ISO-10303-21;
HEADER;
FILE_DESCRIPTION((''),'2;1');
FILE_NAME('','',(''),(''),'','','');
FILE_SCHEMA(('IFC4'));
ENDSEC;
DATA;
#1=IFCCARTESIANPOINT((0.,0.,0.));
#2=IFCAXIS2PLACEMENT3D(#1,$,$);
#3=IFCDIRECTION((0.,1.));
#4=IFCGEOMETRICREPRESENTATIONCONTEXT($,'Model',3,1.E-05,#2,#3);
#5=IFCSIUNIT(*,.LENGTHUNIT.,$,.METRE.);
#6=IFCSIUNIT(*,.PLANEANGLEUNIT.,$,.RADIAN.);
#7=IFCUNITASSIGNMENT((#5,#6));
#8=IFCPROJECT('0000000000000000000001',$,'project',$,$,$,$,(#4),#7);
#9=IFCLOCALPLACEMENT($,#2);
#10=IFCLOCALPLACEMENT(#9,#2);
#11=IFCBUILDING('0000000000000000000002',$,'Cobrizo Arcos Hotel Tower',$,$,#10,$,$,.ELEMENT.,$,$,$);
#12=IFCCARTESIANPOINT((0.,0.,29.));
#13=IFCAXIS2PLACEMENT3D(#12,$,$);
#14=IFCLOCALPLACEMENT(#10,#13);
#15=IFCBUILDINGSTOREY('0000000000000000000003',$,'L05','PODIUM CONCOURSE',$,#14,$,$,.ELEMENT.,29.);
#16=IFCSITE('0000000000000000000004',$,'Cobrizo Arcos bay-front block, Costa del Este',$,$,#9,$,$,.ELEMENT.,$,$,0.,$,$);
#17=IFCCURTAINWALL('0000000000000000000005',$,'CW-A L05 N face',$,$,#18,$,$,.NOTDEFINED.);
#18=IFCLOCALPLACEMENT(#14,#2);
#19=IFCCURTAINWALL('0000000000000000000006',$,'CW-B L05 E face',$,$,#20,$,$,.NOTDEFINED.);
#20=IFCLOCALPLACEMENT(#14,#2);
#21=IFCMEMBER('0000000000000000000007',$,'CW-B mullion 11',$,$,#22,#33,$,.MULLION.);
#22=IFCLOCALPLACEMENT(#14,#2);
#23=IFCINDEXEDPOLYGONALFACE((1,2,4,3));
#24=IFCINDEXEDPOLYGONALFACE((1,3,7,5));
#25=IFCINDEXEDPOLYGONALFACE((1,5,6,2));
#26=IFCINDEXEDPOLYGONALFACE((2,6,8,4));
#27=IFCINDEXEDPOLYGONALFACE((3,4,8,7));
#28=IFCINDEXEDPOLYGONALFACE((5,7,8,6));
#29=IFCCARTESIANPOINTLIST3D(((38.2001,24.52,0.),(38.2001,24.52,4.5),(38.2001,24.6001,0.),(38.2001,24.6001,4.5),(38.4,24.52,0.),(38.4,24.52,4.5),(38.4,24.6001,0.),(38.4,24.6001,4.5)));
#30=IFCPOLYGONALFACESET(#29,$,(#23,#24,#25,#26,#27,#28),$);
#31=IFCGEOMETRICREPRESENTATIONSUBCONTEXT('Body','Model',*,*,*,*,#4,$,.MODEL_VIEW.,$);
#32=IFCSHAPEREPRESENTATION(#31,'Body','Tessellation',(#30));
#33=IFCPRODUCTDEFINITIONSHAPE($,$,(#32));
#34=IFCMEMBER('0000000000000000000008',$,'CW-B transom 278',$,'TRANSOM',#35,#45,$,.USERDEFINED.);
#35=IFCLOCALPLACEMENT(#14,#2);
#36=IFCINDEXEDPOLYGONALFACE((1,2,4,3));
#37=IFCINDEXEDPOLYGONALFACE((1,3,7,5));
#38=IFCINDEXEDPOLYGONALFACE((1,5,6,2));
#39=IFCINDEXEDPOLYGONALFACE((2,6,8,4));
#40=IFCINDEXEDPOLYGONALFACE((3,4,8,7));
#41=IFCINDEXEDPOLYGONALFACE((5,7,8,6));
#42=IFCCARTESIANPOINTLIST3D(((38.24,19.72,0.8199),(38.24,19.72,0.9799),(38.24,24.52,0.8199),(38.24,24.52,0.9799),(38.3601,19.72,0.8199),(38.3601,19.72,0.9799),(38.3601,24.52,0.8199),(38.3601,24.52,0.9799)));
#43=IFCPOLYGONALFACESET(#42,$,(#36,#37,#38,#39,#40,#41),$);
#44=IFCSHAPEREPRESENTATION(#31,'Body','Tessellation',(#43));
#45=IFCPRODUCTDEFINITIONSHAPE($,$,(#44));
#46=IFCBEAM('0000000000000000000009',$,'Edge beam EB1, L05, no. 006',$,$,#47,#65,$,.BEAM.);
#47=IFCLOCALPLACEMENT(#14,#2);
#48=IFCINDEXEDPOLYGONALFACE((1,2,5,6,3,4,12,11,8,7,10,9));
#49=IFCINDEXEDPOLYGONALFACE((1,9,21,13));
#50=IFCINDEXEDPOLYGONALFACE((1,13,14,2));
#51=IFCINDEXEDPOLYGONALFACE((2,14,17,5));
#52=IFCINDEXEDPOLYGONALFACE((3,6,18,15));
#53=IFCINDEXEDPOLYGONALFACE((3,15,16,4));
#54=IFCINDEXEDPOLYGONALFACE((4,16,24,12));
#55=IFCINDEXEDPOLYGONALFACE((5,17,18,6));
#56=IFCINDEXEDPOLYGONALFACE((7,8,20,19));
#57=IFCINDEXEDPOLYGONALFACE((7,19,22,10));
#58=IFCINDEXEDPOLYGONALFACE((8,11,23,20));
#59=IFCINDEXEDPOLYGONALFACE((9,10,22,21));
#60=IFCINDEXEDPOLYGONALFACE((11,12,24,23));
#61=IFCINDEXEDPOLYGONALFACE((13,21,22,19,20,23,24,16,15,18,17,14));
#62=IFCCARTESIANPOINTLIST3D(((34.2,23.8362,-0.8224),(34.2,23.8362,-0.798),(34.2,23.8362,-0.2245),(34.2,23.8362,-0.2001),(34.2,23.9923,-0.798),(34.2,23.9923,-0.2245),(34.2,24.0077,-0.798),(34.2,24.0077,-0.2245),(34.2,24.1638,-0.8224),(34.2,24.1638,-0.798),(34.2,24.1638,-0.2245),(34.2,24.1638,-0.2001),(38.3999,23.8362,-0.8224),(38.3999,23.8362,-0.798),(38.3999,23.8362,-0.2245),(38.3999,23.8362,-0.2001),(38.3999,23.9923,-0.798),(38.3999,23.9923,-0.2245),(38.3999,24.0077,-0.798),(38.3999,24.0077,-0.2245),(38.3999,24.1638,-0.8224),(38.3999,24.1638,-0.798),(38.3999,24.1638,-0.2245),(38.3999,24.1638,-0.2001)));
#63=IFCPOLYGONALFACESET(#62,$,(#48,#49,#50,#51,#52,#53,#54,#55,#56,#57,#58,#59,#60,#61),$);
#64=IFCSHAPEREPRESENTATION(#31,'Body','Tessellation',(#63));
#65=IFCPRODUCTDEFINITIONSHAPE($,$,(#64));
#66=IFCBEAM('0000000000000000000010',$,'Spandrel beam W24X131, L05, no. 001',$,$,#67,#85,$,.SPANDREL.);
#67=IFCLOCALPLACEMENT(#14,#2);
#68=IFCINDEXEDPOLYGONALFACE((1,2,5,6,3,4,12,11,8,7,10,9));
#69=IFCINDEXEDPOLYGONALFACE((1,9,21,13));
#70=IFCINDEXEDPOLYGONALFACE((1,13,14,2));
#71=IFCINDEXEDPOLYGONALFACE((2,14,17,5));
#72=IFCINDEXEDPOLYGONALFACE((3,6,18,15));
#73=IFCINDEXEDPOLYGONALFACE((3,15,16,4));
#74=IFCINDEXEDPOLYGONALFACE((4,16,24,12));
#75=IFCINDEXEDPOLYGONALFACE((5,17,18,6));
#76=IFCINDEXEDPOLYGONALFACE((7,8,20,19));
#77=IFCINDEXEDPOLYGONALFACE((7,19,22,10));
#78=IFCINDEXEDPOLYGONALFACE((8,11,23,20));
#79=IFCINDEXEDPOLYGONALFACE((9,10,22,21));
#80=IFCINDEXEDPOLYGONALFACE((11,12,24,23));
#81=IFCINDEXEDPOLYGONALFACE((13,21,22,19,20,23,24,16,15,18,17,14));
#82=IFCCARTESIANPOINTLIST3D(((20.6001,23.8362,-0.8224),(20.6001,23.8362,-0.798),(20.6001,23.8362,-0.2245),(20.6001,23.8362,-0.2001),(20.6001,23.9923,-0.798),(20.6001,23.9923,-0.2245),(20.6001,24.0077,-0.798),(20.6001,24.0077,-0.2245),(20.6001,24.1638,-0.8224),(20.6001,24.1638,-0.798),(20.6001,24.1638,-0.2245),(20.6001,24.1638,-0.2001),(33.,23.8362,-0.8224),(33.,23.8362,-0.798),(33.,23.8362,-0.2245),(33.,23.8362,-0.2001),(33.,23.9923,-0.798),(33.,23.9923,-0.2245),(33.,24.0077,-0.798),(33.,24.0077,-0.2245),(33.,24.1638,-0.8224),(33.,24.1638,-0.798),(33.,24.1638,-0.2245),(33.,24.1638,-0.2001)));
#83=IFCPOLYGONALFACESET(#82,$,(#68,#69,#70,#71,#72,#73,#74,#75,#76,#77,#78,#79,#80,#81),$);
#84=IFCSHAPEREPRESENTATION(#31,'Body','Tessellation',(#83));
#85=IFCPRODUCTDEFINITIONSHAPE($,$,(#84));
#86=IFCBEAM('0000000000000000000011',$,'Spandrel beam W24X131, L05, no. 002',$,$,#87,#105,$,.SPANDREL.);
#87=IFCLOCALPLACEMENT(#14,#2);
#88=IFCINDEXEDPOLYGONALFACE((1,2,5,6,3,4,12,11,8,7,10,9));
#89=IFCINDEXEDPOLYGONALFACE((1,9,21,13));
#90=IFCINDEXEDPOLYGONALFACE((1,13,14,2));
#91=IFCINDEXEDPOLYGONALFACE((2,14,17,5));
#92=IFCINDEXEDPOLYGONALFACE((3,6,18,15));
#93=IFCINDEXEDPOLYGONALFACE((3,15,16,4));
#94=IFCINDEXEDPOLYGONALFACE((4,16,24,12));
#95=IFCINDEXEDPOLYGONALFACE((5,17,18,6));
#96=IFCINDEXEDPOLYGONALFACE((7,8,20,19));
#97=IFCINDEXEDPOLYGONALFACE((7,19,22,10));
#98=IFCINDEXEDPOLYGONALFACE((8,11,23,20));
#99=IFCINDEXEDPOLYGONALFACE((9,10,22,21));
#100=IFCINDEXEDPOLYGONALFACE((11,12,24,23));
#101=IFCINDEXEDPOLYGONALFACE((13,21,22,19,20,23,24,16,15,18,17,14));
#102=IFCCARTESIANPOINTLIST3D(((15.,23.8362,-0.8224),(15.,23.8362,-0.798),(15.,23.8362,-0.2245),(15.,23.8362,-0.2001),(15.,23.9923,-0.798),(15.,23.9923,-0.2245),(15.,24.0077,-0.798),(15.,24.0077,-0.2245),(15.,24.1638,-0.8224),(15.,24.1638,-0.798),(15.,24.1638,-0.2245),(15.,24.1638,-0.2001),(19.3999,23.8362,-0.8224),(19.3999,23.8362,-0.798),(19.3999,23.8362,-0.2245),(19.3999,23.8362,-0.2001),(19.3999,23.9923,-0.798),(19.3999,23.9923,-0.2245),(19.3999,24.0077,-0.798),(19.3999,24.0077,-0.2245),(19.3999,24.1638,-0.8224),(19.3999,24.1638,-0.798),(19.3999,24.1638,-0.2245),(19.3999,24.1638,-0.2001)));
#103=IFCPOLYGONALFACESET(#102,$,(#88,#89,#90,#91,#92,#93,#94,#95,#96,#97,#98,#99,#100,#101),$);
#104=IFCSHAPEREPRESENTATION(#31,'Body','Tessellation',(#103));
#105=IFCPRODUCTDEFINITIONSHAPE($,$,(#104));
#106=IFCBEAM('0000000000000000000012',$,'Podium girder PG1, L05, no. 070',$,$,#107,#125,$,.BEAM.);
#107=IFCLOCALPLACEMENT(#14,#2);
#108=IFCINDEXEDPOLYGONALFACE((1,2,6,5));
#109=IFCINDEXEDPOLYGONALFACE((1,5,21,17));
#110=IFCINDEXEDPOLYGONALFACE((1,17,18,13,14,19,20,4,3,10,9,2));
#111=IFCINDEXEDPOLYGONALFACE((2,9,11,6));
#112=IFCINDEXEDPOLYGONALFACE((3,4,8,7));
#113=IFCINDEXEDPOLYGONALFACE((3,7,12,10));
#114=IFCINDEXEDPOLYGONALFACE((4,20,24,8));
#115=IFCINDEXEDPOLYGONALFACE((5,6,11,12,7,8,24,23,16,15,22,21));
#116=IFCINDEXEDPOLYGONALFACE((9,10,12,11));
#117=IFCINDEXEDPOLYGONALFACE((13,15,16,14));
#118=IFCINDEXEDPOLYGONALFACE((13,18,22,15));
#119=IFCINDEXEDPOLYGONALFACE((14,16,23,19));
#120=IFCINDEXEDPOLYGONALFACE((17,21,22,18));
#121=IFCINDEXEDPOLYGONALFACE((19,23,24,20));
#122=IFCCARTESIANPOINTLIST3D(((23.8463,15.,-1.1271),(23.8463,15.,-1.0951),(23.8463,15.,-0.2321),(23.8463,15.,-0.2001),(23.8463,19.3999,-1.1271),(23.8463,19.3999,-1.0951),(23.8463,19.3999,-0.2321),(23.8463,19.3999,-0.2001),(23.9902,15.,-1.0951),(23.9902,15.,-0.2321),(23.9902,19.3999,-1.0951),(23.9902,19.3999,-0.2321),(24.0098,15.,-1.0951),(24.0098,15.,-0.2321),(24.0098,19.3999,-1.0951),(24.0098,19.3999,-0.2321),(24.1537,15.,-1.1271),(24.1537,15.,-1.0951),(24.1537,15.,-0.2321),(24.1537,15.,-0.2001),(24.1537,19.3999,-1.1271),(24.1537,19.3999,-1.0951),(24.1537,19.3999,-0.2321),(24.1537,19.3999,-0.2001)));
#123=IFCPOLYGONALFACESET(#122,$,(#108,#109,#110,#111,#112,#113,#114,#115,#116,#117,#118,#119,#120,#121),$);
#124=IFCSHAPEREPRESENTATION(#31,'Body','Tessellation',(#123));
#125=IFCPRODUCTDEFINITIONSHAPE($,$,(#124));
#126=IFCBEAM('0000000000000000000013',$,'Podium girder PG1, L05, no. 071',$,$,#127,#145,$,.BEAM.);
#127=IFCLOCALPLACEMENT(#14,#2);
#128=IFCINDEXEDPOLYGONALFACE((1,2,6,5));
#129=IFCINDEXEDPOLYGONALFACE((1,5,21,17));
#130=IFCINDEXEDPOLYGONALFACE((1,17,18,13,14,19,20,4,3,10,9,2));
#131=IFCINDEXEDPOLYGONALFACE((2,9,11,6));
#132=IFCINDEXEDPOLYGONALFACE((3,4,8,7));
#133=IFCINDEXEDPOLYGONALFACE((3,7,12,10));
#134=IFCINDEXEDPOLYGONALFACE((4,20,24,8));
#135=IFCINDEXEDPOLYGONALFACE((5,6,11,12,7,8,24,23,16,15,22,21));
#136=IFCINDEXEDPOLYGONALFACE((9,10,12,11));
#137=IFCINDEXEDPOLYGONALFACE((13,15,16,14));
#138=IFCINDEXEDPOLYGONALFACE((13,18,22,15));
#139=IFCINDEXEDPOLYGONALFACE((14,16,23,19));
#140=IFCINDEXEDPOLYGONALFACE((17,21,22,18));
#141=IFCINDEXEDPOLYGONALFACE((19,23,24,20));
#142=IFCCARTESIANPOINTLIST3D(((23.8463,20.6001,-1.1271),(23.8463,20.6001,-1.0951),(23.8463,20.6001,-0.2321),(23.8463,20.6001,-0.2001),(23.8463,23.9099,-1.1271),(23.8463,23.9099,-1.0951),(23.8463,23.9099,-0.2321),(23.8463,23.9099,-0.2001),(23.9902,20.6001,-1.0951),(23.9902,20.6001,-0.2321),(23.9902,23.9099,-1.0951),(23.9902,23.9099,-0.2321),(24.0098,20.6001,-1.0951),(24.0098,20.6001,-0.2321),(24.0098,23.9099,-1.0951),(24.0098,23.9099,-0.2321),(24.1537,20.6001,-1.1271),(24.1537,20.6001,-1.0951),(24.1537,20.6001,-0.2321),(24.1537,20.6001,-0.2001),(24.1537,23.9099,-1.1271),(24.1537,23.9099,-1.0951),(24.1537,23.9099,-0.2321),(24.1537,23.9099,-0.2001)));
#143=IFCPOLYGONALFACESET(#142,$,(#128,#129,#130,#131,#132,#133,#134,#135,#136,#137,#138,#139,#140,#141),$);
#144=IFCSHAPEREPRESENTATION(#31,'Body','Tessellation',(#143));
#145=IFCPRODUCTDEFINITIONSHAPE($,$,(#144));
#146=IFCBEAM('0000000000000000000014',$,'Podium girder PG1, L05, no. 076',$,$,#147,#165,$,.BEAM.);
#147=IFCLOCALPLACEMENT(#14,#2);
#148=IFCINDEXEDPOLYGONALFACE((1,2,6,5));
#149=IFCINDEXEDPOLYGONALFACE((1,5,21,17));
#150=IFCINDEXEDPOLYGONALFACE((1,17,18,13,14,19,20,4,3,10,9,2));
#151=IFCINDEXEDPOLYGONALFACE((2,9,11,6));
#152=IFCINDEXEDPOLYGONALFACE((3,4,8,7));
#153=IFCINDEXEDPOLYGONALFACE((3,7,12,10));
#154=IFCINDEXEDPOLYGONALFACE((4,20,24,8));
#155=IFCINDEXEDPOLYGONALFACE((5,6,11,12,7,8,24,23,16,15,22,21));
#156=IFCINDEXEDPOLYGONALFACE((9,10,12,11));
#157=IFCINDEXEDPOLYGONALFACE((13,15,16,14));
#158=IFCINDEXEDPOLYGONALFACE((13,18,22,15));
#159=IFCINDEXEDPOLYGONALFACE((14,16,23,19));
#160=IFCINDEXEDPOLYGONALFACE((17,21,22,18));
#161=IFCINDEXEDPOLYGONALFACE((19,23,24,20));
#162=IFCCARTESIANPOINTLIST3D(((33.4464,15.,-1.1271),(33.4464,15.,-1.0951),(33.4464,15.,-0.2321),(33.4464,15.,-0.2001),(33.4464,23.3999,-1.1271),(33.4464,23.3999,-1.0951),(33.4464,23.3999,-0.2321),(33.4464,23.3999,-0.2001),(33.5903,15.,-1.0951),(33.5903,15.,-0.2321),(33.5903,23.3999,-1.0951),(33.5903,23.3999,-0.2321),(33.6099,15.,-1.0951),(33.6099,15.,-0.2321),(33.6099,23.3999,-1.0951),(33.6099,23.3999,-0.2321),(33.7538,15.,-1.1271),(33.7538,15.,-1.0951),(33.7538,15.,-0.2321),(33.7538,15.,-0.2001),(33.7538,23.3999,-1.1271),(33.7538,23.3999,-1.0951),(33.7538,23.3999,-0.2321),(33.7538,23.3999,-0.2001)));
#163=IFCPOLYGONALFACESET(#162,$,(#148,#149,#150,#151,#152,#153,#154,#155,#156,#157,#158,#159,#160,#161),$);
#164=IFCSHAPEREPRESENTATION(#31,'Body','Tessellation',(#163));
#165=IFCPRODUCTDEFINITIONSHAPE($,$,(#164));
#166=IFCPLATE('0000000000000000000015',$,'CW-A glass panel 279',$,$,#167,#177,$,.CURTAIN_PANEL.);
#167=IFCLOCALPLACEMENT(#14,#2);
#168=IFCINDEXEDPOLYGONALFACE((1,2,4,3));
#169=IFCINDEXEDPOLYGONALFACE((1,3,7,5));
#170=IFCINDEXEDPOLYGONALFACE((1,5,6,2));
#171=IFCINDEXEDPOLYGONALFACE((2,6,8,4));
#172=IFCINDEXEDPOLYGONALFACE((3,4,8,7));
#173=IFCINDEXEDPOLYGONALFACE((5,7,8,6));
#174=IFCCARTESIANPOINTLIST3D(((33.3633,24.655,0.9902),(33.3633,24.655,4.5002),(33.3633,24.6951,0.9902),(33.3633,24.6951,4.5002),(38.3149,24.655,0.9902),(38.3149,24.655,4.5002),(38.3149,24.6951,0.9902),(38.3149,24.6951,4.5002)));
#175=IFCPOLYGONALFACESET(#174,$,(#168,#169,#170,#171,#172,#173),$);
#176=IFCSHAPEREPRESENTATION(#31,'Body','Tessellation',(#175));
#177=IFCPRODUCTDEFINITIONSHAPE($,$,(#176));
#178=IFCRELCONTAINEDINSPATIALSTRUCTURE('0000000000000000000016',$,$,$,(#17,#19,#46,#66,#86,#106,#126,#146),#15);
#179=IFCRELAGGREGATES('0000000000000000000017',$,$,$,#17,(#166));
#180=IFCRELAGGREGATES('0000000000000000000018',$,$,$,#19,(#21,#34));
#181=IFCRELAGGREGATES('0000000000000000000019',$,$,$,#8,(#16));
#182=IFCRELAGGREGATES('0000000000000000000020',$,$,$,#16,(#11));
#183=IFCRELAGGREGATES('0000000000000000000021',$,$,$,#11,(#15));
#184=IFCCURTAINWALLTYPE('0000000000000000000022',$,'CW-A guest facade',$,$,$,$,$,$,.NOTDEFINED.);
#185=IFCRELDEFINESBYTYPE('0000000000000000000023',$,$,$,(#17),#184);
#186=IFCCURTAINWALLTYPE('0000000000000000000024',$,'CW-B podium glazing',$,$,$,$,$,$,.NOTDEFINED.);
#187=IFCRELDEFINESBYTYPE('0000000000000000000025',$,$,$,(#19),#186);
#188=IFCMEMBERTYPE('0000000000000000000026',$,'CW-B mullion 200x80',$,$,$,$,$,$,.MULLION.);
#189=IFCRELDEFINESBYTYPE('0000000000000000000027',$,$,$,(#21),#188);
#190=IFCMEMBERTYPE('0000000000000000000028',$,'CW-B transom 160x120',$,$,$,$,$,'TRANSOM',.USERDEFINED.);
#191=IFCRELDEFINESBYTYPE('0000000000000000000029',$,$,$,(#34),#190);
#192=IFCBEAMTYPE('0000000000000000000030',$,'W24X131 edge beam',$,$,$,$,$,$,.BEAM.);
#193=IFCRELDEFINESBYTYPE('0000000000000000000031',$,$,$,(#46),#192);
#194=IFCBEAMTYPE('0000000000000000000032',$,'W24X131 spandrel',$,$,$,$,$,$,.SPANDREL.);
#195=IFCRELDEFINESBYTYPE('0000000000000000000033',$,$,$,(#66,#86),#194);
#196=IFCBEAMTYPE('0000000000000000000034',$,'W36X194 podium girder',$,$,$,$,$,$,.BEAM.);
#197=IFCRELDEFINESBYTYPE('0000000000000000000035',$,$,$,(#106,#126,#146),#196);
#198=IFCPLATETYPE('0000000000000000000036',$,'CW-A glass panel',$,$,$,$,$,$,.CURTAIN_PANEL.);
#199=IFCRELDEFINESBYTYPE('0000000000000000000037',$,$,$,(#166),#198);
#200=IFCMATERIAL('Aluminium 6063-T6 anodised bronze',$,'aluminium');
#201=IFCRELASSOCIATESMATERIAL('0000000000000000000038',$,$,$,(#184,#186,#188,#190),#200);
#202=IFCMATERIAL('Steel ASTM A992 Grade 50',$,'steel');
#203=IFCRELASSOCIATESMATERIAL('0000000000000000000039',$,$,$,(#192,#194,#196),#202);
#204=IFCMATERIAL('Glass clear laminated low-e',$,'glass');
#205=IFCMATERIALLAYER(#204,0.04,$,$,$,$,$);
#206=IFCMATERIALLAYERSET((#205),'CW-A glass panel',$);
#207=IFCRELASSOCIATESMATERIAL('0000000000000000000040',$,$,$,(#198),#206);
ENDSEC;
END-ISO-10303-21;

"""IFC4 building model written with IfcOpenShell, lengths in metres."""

from ifc_helpers import new_model, si_unit, direction, frame, origin, origin_2d, place, context, subcontext, project, spatial, rectangle, i_section, extrude, material, layer, layer_set, material_profile, profile_set, type_object, element, aggregate, save


model = new_model("IFC4")

# Units and contexts
model_context = context("Model", 3, precision=1e-05, world=origin(), true_north=direction((0.0, 1.0)))
body_context = subcontext(model_context, "Body", "Model", "MODEL_VIEW")
ifc_project = project(units=[si_unit("LENGTHUNIT", "METRE"), si_unit("PLANEANGLEUNIT", "RADIAN")], contexts=[model_context])

# Site, building, storey
site_placement = place(None, origin())
site = spatial("IfcSite", under=ifc_project, at=site_placement, Name="Cobrizo Arcos bay-front block, Costa del Este", CompositionType="ELEMENT", RefElevation=0.0)
building_placement = place(site_placement, origin())
building = spatial("IfcBuilding", under=site, at=building_placement, Name="Cobrizo Arcos Hotel Tower", CompositionType="ELEMENT")
storey_placement = place(building_placement, frame((0.0, 0.0, 29.0)))
storey = spatial("IfcBuildingStorey", under=building, at=storey_placement, Name="L05", Description="PODIUM CONCOURSE", CompositionType="ELEMENT", Elevation=29.0)

# Curtain walls, members
ifc_material_1 = material(Name="Aluminium 6063-T6 anodised bronze", Category="aluminium")
curtain_wall_type_1 = type_object("IfcCurtainWallType", Name="CW-A guest facade", PredefinedType="NOTDEFINED", material=ifc_material_1)
curtain_wall_1_placement = place(storey_placement, origin())
curtain_wall_1 = element("IfcCurtainWall", 1, at=curtain_wall_1_placement, inside=storey, type_object=curtain_wall_type_1, Name="CW-A L05 N face", PredefinedType="NOTDEFINED")
curtain_wall_type_2 = type_object("IfcCurtainWallType", Name="CW-B podium glazing", PredefinedType="NOTDEFINED", material=ifc_material_1)
curtain_wall_2_placement = place(storey_placement, origin())
curtain_wall_2 = element("IfcCurtainWall", 2, at=curtain_wall_2_placement, inside=storey, type_object=curtain_wall_type_2, Name="CW-B L05 E face", PredefinedType="NOTDEFINED")
ifc_material_profile_1 = material_profile(ifc_material_1, rectangle(XDim=0.2, YDim=0.0801, at=origin_2d()), Name="CW-B mullion 200x80")
ifc_profile_set_1 = profile_set([ifc_material_profile_1], Name="Aluminium 6063-T6 anodised bronze")
member_type_1 = type_object("IfcMemberType", Name="CW-B mullion 200x80", PredefinedType="MULLION", material=ifc_profile_set_1)
member_1_placement = place(storey_placement, frame((38.3, 24.5601, 0.0), z_axis=(0.0, 0.0, 1.0), x_axis=(1.0, 0.0, 0.0)))
member_1 = element("IfcMember", 3, at=member_1_placement, type_object=member_type_1, Name="CW-B mullion 11", PredefinedType="MULLION", context=body_context, shape_type="SweptSolid", body=[
    extrude(rectangle(XDim=0.2, YDim=0.0801, at=origin_2d()), origin(), (0.0, 0.0, 1.0), 4.5),
])
ifc_material_profile_2 = material_profile(ifc_material_1, rectangle(XDim=0.1201, YDim=0.1599, at=origin_2d()), Name="CW-B transom 160x120")
ifc_profile_set_2 = profile_set([ifc_material_profile_2], Name="Aluminium 6063-T6 anodised bronze")
member_type_2 = type_object("IfcMemberType", Name="CW-B transom 160x120", ElementType="TRANSOM", PredefinedType="USERDEFINED", material=ifc_profile_set_2)
member_2_placement = place(storey_placement, frame((38.3, 19.72, 0.8999), z_axis=(0.0, 1.0, 0.0), x_axis=(-1.0, 0.0, 0.0)))
member_2 = element("IfcMember", 4, at=member_2_placement, type_object=member_type_2, Name="CW-B transom 278", ObjectType="TRANSOM", PredefinedType="USERDEFINED", context=body_context, shape_type="SweptSolid", body=[
    extrude(rectangle(XDim=0.1201, YDim=0.1599, at=origin_2d()), origin(), (0.0, 0.0, 1.0), 4.8),
])

# Beams
ifc_material_2 = material(Name="Steel ASTM A992 Grade 50", Category="steel")
ifc_material_profile_3 = material_profile(ifc_material_2, i_section(OverallWidth=0.3276, OverallDepth=0.6223, WebThickness=0.0154, FlangeThickness=0.0244, at=origin_2d()), Name="W24X131")
ifc_profile_set_3 = profile_set([ifc_material_profile_3], Name="Steel ASTM A992 Grade 50")
beam_type_1 = type_object("IfcBeamType", Name="W24X131 edge beam", PredefinedType="BEAM", material=ifc_profile_set_3)
beam_1_placement = place(storey_placement, frame((38.3999, 24.0, -0.5112), z_axis=(-1.0, 0.0, 0.0), x_axis=(0.0, -1.0, 0.0)))
element("IfcBeam", 5, at=beam_1_placement, inside=storey, type_object=beam_type_1, Name="Edge beam EB1, L05, no. 006", PredefinedType="BEAM", context=body_context, shape_type="SweptSolid", body=[
    extrude(i_section(OverallWidth=0.3276, OverallDepth=0.6223, WebThickness=0.0154, FlangeThickness=0.0244, at=origin_2d()), origin(), (0.0, 0.0, 1.0), 4.2),
])
ifc_material_profile_4 = material_profile(ifc_material_2, i_section(OverallWidth=0.3276, OverallDepth=0.6223, WebThickness=0.0154, FlangeThickness=0.0244, at=origin_2d()), Name="W24X131")
ifc_profile_set_4 = profile_set([ifc_material_profile_4], Name="Steel ASTM A992 Grade 50")
beam_type_2 = type_object("IfcBeamType", Name="W24X131 spandrel", PredefinedType="SPANDREL", material=ifc_profile_set_4)
beam_2_placement = place(storey_placement, frame((33.0, 24.0, -0.5112), z_axis=(-1.0, 0.0, 0.0), x_axis=(0.0, -1.0, 0.0)))
element("IfcBeam", 6, at=beam_2_placement, inside=storey, type_object=beam_type_2, Name="Spandrel beam W24X131, L05, no. 001", PredefinedType="SPANDREL", context=body_context, shape_type="SweptSolid", body=[
    extrude(i_section(OverallWidth=0.3276, OverallDepth=0.6223, WebThickness=0.0154, FlangeThickness=0.0244, at=origin_2d()), origin(), (0.0, 0.0, 1.0), 12.3999),
])
beam_3_placement = place(storey_placement, frame((19.3999, 24.0, -0.5112), z_axis=(-1.0, 0.0, 0.0), x_axis=(0.0, -1.0, 0.0)))
element("IfcBeam", 7, at=beam_3_placement, inside=storey, type_object=beam_type_2, Name="Spandrel beam W24X131, L05, no. 002", PredefinedType="SPANDREL", context=body_context, shape_type="SweptSolid", body=[
    extrude(i_section(OverallWidth=0.3276, OverallDepth=0.6223, WebThickness=0.0154, FlangeThickness=0.0244, at=origin_2d()), origin(), (0.0, 0.0, 1.0), 4.3999),
])
ifc_material_profile_5 = material_profile(ifc_material_2, i_section(OverallWidth=0.3074, OverallDepth=0.927, WebThickness=0.0195, FlangeThickness=0.032, at=origin_2d()), Name="W36X194")
ifc_profile_set_5 = profile_set([ifc_material_profile_5], Name="Steel ASTM A992 Grade 50")
beam_type_3 = type_object("IfcBeamType", Name="W36X194 podium girder", PredefinedType="BEAM", material=ifc_profile_set_5)
beam_4_placement = place(storey_placement, frame((24.0, 15.0, -0.6636), z_axis=(0.0, 1.0, 0.0), x_axis=(-1.0, 0.0, 0.0)))
element("IfcBeam", 8, at=beam_4_placement, inside=storey, type_object=beam_type_3, Name="Podium girder PG1, L05, no. 070", PredefinedType="BEAM", context=body_context, shape_type="SweptSolid", body=[
    extrude(i_section(OverallWidth=0.3074, OverallDepth=0.927, WebThickness=0.0195, FlangeThickness=0.032, at=origin_2d()), origin(), (0.0, 0.0, 1.0), 4.3999),
])
beam_5_placement = place(storey_placement, frame((24.0, 20.6001, -0.6636), z_axis=(0.0, 1.0, 0.0), x_axis=(-1.0, 0.0, 0.0)))
element("IfcBeam", 9, at=beam_5_placement, inside=storey, type_object=beam_type_3, Name="Podium girder PG1, L05, no. 071", PredefinedType="BEAM", context=body_context, shape_type="SweptSolid", body=[
    extrude(i_section(OverallWidth=0.3074, OverallDepth=0.927, WebThickness=0.0195, FlangeThickness=0.032, at=origin_2d()), origin(), (0.0, 0.0, 1.0), 3.3098),
])
beam_6_placement = place(storey_placement, frame((33.6001, 15.0, -0.6636), z_axis=(0.0, 1.0, 0.0), x_axis=(-1.0, 0.0, 0.0)))
element("IfcBeam", 10, at=beam_6_placement, inside=storey, type_object=beam_type_3, Name="Podium girder PG1, L05, no. 076", PredefinedType="BEAM", context=body_context, shape_type="SweptSolid", body=[
    extrude(i_section(OverallWidth=0.3074, OverallDepth=0.927, WebThickness=0.0195, FlangeThickness=0.032, at=origin_2d()), origin(), (0.0, 0.0, 1.0), 8.3999),
])

# Plate
ifc_material_3 = material(Name="Glass clear laminated low-e", Category="glass")
ifc_layer_1 = layer(ifc_material_3, 0.04)
ifc_layer_set_1 = layer_set([ifc_layer_1], Name="CW-A glass panel")
plate_type_1 = type_object("IfcPlateType", Name="CW-A glass panel", PredefinedType="CURTAIN_PANEL", material=ifc_layer_set_1)
plate_1_placement = place(storey_placement, frame((35.8391, 24.675, 0.9902), z_axis=(0.0, 0.0, 1.0), x_axis=(-1.0, 0.0, 0.0)))
plate_1 = element("IfcPlate", 11, at=plate_1_placement, type_object=plate_type_1, Name="CW-A glass panel 279", PredefinedType="CURTAIN_PANEL", context=body_context, shape_type="SweptSolid", body=[
    extrude(rectangle(XDim=4.9517, YDim=0.04, at=origin_2d()), origin(), (0.0, 0.0, 1.0), 3.51),
])
aggregate(curtain_wall_1, [plate_1])
aggregate(curtain_wall_2, [member_1, member_2])

save(model, "model.ifc")
